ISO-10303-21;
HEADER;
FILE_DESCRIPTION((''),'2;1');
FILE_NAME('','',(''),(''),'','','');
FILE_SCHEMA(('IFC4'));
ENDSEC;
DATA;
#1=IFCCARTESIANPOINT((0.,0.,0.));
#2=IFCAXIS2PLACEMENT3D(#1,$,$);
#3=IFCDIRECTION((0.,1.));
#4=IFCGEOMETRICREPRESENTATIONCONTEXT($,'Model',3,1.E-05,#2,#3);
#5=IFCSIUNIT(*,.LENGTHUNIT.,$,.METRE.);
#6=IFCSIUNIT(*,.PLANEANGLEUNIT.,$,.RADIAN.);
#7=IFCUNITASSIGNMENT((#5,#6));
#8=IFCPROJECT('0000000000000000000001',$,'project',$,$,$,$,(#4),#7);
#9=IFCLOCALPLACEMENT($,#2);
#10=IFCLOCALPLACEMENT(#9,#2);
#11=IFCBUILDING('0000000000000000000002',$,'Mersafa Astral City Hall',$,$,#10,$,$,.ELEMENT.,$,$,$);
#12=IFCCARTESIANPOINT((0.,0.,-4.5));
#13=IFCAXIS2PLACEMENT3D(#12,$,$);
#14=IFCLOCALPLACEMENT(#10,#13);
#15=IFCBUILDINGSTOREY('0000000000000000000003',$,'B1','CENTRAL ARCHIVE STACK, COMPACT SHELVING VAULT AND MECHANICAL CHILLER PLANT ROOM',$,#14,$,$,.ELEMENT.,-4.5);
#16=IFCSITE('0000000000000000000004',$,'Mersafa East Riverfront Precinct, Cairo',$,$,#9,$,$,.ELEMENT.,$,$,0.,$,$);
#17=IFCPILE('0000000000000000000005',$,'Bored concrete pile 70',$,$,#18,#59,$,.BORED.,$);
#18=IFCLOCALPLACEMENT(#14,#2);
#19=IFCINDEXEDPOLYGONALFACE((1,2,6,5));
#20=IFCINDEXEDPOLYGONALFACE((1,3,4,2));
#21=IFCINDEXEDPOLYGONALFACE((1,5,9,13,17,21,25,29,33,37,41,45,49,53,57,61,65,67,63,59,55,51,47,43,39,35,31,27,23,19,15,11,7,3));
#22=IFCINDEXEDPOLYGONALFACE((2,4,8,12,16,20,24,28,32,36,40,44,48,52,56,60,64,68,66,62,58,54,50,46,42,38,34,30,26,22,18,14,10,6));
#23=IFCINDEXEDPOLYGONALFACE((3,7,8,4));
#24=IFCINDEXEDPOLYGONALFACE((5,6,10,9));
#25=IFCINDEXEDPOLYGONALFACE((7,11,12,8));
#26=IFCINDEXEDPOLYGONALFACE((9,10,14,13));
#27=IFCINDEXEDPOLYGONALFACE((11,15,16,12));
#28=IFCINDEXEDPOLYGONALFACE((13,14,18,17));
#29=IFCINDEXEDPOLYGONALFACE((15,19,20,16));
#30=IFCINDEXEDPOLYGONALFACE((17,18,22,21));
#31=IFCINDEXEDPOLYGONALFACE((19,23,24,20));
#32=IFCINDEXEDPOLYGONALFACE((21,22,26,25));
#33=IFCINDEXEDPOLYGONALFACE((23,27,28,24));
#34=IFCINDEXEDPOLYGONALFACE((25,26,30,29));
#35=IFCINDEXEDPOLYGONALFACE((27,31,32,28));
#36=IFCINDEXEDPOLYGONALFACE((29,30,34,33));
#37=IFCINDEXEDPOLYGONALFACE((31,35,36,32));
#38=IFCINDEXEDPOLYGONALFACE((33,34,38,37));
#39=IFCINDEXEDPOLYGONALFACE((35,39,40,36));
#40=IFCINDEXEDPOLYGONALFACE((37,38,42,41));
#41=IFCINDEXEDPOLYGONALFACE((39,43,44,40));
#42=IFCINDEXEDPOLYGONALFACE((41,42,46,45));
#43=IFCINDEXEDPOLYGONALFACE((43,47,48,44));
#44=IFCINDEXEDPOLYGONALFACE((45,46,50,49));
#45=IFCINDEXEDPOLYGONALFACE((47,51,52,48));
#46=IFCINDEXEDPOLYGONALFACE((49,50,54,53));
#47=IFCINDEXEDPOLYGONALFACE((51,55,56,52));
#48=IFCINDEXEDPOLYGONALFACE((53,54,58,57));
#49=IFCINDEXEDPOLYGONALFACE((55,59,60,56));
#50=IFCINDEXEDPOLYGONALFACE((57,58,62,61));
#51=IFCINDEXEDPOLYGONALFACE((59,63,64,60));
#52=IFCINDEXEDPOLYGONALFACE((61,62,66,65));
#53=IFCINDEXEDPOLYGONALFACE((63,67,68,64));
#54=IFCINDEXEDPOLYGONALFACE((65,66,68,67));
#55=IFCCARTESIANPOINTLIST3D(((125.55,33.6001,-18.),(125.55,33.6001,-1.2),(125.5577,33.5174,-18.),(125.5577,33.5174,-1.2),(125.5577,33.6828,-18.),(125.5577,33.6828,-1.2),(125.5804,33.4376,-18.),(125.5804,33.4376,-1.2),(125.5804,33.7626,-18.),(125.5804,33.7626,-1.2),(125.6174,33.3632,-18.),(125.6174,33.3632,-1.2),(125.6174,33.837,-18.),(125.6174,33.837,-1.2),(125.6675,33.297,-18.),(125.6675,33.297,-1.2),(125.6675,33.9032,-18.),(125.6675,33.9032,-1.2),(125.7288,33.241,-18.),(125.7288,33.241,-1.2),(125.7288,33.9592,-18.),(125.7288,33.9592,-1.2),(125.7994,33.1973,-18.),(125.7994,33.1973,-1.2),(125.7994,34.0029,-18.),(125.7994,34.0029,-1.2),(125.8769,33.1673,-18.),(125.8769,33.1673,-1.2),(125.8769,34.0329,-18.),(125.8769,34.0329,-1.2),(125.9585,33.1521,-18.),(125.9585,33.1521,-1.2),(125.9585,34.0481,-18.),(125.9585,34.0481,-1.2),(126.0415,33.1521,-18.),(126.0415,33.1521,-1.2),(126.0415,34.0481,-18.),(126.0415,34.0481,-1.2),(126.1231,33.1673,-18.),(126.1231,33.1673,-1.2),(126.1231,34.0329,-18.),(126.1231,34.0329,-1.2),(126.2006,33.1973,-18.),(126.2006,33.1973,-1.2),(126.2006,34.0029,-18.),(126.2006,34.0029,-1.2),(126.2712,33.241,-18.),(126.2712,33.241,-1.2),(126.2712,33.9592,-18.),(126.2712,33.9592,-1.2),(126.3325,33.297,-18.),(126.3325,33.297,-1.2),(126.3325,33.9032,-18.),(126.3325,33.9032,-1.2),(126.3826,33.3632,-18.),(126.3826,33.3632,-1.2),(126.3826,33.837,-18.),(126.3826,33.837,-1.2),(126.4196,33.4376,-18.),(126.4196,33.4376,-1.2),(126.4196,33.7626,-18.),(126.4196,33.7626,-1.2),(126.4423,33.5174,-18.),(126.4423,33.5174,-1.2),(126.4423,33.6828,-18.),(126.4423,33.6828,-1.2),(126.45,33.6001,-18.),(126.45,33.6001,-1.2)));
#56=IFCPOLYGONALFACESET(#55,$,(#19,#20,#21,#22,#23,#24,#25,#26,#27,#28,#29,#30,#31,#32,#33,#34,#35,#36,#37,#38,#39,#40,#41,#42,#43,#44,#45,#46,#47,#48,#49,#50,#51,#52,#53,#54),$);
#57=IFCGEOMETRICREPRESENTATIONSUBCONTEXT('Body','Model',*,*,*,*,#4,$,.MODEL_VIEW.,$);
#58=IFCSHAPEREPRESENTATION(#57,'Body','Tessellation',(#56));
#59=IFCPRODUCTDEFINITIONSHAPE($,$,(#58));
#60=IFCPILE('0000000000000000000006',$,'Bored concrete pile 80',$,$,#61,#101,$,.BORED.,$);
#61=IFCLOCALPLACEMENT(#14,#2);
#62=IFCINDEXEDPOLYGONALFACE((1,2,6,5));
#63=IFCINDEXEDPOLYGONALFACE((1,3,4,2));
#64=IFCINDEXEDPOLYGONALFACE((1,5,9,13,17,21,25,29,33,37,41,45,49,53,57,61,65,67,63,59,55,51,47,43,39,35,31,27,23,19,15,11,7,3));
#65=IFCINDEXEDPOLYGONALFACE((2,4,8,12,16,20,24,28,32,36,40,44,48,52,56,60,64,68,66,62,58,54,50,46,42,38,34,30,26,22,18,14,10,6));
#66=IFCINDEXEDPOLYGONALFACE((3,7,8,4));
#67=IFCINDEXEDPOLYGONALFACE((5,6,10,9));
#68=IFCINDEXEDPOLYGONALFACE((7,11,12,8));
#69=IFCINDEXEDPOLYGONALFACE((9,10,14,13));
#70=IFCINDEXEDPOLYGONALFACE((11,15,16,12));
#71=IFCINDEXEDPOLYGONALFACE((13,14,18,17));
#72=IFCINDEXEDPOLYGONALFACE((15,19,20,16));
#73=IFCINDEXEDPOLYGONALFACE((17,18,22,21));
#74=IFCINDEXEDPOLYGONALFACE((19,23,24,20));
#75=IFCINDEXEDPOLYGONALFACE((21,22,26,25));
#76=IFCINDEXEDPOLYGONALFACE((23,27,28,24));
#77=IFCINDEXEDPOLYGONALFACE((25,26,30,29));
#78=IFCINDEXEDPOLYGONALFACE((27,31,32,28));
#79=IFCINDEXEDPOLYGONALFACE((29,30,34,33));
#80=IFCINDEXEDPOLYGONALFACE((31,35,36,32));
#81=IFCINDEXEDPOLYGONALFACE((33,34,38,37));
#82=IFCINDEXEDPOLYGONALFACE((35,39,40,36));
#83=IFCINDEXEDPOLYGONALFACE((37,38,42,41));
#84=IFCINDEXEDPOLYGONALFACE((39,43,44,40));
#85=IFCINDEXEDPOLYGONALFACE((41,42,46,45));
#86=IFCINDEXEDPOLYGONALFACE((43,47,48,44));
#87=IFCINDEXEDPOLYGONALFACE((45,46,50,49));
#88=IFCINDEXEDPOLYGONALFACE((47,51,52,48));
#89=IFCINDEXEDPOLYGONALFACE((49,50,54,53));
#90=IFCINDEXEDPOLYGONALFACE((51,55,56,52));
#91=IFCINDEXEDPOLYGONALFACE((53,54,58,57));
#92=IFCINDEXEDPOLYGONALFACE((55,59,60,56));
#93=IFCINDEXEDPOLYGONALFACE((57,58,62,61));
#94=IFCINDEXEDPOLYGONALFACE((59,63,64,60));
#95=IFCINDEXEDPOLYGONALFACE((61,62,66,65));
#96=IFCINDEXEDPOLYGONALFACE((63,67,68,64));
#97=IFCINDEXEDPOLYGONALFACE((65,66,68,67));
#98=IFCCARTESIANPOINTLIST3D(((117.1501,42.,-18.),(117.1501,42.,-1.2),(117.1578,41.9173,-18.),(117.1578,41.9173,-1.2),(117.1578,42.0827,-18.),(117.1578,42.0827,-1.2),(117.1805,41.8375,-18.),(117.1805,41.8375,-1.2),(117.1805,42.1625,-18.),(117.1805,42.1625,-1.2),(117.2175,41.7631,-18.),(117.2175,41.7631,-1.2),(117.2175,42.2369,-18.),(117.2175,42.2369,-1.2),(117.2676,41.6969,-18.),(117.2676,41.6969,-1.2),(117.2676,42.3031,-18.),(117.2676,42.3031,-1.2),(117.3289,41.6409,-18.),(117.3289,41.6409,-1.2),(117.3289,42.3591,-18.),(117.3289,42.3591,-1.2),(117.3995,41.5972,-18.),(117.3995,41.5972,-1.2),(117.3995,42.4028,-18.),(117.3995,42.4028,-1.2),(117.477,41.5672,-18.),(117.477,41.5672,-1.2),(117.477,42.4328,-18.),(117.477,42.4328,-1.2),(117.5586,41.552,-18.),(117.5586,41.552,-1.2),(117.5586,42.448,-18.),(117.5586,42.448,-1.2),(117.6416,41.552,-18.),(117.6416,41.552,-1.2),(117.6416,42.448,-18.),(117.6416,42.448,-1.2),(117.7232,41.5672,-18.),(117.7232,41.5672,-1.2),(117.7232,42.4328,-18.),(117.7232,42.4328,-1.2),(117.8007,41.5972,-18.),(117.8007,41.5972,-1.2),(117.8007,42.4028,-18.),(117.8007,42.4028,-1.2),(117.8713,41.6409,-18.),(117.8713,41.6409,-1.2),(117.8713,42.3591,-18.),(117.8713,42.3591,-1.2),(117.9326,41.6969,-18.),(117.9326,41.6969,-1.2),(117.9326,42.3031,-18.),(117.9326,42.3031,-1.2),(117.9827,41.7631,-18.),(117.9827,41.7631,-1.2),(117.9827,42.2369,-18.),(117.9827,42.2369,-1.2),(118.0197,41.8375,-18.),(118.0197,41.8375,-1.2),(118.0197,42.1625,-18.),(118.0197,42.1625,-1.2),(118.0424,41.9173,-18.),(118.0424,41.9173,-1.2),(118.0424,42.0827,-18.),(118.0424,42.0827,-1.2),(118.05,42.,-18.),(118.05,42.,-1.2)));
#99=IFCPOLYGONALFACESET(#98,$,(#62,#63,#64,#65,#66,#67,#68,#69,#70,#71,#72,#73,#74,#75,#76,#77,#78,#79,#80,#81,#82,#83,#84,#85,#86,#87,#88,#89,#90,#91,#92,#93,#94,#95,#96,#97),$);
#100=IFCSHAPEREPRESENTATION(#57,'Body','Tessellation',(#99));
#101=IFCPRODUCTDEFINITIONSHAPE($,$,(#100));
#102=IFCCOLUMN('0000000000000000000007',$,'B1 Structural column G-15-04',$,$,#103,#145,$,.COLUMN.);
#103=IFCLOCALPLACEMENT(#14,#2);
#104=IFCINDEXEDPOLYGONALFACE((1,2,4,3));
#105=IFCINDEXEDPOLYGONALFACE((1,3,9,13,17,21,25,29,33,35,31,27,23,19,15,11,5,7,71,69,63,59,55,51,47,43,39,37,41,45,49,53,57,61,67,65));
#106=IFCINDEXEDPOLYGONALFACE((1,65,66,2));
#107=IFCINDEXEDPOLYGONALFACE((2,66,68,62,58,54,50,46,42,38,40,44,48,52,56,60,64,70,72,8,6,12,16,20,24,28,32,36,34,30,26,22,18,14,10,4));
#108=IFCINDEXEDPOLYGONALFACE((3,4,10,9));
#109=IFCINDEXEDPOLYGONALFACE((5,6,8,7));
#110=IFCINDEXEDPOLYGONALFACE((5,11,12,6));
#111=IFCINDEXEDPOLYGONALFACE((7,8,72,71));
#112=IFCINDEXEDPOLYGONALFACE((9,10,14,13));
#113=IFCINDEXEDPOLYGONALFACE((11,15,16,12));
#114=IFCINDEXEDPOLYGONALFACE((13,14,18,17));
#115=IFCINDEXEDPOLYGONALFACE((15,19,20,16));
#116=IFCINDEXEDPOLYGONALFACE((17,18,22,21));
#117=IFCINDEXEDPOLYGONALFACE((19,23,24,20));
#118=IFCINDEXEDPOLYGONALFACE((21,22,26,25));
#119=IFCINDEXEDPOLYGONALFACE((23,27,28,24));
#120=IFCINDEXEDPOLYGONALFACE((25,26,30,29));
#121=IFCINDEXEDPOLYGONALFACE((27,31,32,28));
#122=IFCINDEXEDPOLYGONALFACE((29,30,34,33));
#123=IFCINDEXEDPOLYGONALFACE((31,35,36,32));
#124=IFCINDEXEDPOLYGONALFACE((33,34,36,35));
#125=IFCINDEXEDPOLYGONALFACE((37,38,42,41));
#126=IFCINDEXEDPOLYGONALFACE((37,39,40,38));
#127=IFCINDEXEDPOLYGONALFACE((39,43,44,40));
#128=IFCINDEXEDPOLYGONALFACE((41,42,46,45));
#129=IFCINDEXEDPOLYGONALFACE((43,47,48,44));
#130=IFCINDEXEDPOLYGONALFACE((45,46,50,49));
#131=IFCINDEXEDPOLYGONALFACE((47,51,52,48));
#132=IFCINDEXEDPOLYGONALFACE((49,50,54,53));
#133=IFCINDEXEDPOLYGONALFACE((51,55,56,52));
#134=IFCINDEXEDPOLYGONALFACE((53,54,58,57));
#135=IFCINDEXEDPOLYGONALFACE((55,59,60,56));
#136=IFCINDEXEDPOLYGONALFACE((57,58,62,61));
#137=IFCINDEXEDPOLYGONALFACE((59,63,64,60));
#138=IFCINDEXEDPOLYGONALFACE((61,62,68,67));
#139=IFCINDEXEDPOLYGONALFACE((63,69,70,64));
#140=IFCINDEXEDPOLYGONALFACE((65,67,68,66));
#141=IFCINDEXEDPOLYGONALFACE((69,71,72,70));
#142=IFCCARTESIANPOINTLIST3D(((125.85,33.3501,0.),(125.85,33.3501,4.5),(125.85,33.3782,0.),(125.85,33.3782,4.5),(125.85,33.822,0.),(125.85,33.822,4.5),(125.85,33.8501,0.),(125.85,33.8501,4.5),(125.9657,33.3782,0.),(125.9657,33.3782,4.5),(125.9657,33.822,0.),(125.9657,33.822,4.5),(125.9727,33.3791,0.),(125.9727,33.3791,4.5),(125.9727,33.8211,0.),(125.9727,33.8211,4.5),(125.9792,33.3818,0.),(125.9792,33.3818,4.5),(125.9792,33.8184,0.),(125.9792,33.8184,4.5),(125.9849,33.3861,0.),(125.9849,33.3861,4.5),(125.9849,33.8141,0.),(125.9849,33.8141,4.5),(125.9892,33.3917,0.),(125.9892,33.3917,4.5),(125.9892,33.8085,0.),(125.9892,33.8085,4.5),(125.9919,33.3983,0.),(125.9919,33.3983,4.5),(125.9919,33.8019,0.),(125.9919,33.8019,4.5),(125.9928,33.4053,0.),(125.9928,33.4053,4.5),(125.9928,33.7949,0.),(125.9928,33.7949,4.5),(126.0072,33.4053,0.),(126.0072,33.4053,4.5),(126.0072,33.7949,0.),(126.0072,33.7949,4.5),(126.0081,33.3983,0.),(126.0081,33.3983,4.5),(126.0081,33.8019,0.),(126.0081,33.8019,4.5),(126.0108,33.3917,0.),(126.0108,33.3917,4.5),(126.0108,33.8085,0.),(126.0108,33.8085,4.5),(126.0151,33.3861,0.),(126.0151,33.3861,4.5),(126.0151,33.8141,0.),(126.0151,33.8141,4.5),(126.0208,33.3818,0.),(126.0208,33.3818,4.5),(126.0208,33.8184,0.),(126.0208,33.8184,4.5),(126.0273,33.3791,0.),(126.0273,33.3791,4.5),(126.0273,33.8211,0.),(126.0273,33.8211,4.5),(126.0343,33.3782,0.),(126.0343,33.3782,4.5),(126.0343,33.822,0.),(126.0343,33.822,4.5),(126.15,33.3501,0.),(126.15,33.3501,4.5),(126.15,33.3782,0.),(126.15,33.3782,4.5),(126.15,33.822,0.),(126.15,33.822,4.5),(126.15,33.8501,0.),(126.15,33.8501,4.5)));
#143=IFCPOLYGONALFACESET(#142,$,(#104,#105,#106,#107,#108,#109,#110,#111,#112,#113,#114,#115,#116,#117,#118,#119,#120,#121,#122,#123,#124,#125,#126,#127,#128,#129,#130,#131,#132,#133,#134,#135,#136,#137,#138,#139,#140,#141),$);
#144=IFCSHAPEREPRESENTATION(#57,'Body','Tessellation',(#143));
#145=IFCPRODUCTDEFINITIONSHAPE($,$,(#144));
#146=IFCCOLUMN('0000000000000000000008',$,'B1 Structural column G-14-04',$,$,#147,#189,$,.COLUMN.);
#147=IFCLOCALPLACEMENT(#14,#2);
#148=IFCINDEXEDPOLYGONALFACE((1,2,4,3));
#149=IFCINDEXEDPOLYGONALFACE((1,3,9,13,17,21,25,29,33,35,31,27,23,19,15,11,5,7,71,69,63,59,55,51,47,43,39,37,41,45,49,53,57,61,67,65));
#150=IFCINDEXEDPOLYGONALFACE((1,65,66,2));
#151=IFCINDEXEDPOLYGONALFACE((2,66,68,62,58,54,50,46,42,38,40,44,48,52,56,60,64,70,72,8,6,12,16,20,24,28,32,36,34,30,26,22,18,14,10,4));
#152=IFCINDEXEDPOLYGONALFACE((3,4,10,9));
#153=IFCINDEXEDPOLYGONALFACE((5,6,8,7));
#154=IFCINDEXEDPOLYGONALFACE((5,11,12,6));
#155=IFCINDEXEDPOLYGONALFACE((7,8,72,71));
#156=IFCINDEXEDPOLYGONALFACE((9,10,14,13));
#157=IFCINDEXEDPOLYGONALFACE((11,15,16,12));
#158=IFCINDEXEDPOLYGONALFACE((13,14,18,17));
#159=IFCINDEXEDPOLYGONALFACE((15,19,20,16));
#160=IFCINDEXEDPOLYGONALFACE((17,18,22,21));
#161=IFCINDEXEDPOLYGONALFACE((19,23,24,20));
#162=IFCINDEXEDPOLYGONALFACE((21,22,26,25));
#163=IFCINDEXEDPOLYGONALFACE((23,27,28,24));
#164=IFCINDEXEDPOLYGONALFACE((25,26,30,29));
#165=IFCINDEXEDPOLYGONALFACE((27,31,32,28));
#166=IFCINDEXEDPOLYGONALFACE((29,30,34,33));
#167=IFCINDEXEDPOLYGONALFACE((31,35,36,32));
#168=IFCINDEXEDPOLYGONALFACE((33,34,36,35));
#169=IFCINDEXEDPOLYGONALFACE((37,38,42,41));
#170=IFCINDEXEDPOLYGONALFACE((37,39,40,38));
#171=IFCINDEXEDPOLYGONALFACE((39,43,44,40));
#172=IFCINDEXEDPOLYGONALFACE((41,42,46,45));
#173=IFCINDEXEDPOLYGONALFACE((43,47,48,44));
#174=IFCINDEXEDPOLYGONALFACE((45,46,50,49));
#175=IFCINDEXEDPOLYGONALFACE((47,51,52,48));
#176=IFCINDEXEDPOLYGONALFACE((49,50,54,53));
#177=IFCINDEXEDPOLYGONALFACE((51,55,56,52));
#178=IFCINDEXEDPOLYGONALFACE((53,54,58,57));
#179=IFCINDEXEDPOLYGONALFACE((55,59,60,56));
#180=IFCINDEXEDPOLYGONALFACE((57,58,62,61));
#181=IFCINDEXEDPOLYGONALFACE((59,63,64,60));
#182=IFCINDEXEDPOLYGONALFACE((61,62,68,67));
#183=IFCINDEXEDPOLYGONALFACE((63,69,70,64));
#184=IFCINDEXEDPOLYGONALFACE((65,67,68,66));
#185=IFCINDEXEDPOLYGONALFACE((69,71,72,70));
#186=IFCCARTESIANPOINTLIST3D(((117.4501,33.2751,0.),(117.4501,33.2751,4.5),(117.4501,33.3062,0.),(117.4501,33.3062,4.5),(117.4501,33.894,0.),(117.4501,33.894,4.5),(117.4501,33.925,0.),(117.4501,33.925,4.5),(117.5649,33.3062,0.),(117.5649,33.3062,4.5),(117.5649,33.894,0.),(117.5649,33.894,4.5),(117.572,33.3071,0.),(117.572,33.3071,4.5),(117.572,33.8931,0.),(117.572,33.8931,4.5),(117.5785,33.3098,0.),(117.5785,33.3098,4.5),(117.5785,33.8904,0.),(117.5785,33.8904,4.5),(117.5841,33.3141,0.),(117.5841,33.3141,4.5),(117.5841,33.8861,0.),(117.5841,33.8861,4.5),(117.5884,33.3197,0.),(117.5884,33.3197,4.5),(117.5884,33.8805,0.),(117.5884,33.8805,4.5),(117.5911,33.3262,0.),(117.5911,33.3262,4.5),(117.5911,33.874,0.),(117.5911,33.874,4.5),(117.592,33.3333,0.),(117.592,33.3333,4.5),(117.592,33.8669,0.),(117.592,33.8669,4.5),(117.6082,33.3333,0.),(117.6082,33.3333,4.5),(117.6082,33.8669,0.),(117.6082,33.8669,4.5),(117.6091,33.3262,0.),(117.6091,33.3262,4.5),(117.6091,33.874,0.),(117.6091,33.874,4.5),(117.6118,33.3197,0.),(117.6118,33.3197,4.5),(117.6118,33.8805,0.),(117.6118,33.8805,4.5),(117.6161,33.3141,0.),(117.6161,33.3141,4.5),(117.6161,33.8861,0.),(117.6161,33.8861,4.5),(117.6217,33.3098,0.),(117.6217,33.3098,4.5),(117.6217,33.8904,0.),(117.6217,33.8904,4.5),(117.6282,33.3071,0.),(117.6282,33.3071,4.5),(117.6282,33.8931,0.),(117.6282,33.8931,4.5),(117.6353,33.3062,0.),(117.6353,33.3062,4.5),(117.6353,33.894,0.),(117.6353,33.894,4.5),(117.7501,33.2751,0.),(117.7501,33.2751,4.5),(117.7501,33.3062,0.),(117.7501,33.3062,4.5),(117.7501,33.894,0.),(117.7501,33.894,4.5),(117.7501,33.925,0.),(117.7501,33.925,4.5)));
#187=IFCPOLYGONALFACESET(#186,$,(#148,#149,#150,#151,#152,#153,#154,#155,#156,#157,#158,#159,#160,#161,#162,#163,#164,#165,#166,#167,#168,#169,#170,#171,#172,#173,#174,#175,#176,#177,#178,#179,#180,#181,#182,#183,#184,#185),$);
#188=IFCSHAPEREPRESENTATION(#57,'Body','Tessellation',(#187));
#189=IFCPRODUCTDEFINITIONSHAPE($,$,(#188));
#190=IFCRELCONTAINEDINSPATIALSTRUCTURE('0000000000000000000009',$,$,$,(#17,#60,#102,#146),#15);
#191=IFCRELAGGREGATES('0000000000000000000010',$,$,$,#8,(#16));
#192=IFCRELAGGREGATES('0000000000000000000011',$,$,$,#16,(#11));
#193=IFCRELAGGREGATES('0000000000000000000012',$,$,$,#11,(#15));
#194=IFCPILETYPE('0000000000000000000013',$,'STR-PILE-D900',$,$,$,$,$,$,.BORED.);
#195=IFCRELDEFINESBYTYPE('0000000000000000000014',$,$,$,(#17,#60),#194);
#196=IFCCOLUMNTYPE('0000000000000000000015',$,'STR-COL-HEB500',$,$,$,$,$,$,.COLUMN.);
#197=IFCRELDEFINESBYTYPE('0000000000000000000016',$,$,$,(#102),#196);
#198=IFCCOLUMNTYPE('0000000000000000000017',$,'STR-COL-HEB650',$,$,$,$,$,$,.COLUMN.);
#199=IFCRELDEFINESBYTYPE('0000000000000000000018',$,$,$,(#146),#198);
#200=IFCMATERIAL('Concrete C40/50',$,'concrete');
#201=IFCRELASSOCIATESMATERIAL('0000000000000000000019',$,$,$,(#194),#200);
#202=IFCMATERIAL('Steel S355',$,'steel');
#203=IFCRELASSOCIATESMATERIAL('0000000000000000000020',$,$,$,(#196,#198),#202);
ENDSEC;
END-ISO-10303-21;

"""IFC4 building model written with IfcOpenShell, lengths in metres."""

from ifc_helpers import new_model, si_unit, direction, frame, origin, origin_2d, place, context, subcontext, project, spatial, circle, i_section, extrude, material, material_profile, profile_set, type_object, element, save


model = new_model("IFC4")

# Units and contexts
model_context = context("Model", 3, precision=1e-05, world=origin(), true_north=direction((0.0, 1.0)))
body_context = subcontext(model_context, "Body", "Model", "MODEL_VIEW")
ifc_project = project(units=[si_unit("LENGTHUNIT", "METRE"), si_unit("PLANEANGLEUNIT", "RADIAN")], contexts=[model_context])

# Site, building, storey
site_placement = place(None, origin())
site = spatial("IfcSite", under=ifc_project, at=site_placement, Name="Mersafa East Riverfront Precinct, Cairo", CompositionType="ELEMENT", RefElevation=0.0)
building_placement = place(site_placement, origin())
building = spatial("IfcBuilding", under=site, at=building_placement, Name="Mersafa Astral City Hall", CompositionType="ELEMENT")
storey_placement = place(building_placement, frame((0.0, 0.0, -4.5)))
storey = spatial("IfcBuildingStorey", under=building, at=storey_placement, Name="B1", Description="CENTRAL ARCHIVE STACK, COMPACT SHELVING VAULT AND MECHANICAL CHILLER PLANT ROOM", CompositionType="ELEMENT", Elevation=-4.5)

# Shared definitions
ifc_material_1 = material(Name="Concrete C40/50", Category="concrete")

# Piles
ifc_material_profile_1 = material_profile(ifc_material_1, circle(Radius=0.45, at=origin_2d()), Name="PILE D900")
ifc_profile_set_1 = profile_set([ifc_material_profile_1], Name="Concrete C40/50")
pile_type = type_object("IfcPileType", Name="STR-PILE-D900", PredefinedType="BORED", material=ifc_profile_set_1)
for number, where, z_axis, x_axis, name in (
    (1, (126.0, 33.6001, -1.2), (0.0, 0.0, -1.0), (1.0, 0.0, 0.0), "Bored concrete pile 70"),
    (2, (117.6001, 42.0, -1.2), (0.0, 0.0, -1.0), (1.0, 0.0, 0.0), "Bored concrete pile 80"),
):
    element("IfcPile", number, at=place(storey_placement, frame(where, z_axis=z_axis, x_axis=x_axis)), inside=storey, type_object=pile_type, Name=name, PredefinedType="BORED", context=body_context, shape_type="SweptSolid", body=[
        extrude(circle(Radius=0.45, at=origin_2d()), origin(), (0.0, 0.0, 1.0), 16.8),
    ])

# Columns
ifc_material_2 = material(Name="Steel S355", Category="steel")
ifc_material_profile_2 = material_profile(ifc_material_2, i_section(OverallWidth=0.3, OverallDepth=0.5, WebThickness=0.0144, FlangeThickness=0.0281, FilletRadius=0.0271, at=origin_2d()), Name="HEB 500")
ifc_profile_set_2 = profile_set([ifc_material_profile_2], Name="Steel S355")
column_type_1 = type_object("IfcColumnType", Name="STR-COL-HEB500", PredefinedType="COLUMN", material=ifc_profile_set_2)
column_placement = place(storey_placement, frame((126.0, 33.6001, 0.0), z_axis=(0.0, 0.0, 1.0), x_axis=(1.0, 0.0, 0.0)))
element("IfcColumn", 3, at=column_placement, inside=storey, type_object=column_type_1, Name="B1 Structural column G-15-04", PredefinedType="COLUMN", context=body_context, shape_type="SweptSolid", body=[
    extrude(i_section(OverallWidth=0.3, OverallDepth=0.5, WebThickness=0.0144, FlangeThickness=0.0281, FilletRadius=0.0271, at=origin_2d()), origin(), (0.0, 0.0, 1.0), 4.5),
])
ifc_material_profile_3 = material_profile(ifc_material_2, i_section(OverallWidth=0.3, OverallDepth=0.6499, WebThickness=0.0161, FlangeThickness=0.031, FilletRadius=0.0271, at=origin_2d()), Name="HEB 650")
ifc_profile_set_3 = profile_set([ifc_material_profile_3], Name="Steel S355")
column_type_2 = type_object("IfcColumnType", Name="STR-COL-HEB650", PredefinedType="COLUMN", material=ifc_profile_set_3)
for number, where, z_axis, x_axis, name in (
    (4, (117.6001, 33.6001, 0.0), (0.0, 0.0, 1.0), (1.0, 0.0, 0.0), "B1 Structural column G-14-04"),
):
    element("IfcColumn", number, at=place(storey_placement, frame(where, z_axis=z_axis, x_axis=x_axis)), inside=storey, type_object=column_type_2, Name=name, PredefinedType="COLUMN", context=body_context, shape_type="SweptSolid", body=[
        extrude(i_section(OverallWidth=0.3, OverallDepth=0.6499, WebThickness=0.0161, FlangeThickness=0.031, FilletRadius=0.0271, at=origin_2d()), origin(), (0.0, 0.0, 1.0), 4.5),
    ])

save(model, "model.ifc")
